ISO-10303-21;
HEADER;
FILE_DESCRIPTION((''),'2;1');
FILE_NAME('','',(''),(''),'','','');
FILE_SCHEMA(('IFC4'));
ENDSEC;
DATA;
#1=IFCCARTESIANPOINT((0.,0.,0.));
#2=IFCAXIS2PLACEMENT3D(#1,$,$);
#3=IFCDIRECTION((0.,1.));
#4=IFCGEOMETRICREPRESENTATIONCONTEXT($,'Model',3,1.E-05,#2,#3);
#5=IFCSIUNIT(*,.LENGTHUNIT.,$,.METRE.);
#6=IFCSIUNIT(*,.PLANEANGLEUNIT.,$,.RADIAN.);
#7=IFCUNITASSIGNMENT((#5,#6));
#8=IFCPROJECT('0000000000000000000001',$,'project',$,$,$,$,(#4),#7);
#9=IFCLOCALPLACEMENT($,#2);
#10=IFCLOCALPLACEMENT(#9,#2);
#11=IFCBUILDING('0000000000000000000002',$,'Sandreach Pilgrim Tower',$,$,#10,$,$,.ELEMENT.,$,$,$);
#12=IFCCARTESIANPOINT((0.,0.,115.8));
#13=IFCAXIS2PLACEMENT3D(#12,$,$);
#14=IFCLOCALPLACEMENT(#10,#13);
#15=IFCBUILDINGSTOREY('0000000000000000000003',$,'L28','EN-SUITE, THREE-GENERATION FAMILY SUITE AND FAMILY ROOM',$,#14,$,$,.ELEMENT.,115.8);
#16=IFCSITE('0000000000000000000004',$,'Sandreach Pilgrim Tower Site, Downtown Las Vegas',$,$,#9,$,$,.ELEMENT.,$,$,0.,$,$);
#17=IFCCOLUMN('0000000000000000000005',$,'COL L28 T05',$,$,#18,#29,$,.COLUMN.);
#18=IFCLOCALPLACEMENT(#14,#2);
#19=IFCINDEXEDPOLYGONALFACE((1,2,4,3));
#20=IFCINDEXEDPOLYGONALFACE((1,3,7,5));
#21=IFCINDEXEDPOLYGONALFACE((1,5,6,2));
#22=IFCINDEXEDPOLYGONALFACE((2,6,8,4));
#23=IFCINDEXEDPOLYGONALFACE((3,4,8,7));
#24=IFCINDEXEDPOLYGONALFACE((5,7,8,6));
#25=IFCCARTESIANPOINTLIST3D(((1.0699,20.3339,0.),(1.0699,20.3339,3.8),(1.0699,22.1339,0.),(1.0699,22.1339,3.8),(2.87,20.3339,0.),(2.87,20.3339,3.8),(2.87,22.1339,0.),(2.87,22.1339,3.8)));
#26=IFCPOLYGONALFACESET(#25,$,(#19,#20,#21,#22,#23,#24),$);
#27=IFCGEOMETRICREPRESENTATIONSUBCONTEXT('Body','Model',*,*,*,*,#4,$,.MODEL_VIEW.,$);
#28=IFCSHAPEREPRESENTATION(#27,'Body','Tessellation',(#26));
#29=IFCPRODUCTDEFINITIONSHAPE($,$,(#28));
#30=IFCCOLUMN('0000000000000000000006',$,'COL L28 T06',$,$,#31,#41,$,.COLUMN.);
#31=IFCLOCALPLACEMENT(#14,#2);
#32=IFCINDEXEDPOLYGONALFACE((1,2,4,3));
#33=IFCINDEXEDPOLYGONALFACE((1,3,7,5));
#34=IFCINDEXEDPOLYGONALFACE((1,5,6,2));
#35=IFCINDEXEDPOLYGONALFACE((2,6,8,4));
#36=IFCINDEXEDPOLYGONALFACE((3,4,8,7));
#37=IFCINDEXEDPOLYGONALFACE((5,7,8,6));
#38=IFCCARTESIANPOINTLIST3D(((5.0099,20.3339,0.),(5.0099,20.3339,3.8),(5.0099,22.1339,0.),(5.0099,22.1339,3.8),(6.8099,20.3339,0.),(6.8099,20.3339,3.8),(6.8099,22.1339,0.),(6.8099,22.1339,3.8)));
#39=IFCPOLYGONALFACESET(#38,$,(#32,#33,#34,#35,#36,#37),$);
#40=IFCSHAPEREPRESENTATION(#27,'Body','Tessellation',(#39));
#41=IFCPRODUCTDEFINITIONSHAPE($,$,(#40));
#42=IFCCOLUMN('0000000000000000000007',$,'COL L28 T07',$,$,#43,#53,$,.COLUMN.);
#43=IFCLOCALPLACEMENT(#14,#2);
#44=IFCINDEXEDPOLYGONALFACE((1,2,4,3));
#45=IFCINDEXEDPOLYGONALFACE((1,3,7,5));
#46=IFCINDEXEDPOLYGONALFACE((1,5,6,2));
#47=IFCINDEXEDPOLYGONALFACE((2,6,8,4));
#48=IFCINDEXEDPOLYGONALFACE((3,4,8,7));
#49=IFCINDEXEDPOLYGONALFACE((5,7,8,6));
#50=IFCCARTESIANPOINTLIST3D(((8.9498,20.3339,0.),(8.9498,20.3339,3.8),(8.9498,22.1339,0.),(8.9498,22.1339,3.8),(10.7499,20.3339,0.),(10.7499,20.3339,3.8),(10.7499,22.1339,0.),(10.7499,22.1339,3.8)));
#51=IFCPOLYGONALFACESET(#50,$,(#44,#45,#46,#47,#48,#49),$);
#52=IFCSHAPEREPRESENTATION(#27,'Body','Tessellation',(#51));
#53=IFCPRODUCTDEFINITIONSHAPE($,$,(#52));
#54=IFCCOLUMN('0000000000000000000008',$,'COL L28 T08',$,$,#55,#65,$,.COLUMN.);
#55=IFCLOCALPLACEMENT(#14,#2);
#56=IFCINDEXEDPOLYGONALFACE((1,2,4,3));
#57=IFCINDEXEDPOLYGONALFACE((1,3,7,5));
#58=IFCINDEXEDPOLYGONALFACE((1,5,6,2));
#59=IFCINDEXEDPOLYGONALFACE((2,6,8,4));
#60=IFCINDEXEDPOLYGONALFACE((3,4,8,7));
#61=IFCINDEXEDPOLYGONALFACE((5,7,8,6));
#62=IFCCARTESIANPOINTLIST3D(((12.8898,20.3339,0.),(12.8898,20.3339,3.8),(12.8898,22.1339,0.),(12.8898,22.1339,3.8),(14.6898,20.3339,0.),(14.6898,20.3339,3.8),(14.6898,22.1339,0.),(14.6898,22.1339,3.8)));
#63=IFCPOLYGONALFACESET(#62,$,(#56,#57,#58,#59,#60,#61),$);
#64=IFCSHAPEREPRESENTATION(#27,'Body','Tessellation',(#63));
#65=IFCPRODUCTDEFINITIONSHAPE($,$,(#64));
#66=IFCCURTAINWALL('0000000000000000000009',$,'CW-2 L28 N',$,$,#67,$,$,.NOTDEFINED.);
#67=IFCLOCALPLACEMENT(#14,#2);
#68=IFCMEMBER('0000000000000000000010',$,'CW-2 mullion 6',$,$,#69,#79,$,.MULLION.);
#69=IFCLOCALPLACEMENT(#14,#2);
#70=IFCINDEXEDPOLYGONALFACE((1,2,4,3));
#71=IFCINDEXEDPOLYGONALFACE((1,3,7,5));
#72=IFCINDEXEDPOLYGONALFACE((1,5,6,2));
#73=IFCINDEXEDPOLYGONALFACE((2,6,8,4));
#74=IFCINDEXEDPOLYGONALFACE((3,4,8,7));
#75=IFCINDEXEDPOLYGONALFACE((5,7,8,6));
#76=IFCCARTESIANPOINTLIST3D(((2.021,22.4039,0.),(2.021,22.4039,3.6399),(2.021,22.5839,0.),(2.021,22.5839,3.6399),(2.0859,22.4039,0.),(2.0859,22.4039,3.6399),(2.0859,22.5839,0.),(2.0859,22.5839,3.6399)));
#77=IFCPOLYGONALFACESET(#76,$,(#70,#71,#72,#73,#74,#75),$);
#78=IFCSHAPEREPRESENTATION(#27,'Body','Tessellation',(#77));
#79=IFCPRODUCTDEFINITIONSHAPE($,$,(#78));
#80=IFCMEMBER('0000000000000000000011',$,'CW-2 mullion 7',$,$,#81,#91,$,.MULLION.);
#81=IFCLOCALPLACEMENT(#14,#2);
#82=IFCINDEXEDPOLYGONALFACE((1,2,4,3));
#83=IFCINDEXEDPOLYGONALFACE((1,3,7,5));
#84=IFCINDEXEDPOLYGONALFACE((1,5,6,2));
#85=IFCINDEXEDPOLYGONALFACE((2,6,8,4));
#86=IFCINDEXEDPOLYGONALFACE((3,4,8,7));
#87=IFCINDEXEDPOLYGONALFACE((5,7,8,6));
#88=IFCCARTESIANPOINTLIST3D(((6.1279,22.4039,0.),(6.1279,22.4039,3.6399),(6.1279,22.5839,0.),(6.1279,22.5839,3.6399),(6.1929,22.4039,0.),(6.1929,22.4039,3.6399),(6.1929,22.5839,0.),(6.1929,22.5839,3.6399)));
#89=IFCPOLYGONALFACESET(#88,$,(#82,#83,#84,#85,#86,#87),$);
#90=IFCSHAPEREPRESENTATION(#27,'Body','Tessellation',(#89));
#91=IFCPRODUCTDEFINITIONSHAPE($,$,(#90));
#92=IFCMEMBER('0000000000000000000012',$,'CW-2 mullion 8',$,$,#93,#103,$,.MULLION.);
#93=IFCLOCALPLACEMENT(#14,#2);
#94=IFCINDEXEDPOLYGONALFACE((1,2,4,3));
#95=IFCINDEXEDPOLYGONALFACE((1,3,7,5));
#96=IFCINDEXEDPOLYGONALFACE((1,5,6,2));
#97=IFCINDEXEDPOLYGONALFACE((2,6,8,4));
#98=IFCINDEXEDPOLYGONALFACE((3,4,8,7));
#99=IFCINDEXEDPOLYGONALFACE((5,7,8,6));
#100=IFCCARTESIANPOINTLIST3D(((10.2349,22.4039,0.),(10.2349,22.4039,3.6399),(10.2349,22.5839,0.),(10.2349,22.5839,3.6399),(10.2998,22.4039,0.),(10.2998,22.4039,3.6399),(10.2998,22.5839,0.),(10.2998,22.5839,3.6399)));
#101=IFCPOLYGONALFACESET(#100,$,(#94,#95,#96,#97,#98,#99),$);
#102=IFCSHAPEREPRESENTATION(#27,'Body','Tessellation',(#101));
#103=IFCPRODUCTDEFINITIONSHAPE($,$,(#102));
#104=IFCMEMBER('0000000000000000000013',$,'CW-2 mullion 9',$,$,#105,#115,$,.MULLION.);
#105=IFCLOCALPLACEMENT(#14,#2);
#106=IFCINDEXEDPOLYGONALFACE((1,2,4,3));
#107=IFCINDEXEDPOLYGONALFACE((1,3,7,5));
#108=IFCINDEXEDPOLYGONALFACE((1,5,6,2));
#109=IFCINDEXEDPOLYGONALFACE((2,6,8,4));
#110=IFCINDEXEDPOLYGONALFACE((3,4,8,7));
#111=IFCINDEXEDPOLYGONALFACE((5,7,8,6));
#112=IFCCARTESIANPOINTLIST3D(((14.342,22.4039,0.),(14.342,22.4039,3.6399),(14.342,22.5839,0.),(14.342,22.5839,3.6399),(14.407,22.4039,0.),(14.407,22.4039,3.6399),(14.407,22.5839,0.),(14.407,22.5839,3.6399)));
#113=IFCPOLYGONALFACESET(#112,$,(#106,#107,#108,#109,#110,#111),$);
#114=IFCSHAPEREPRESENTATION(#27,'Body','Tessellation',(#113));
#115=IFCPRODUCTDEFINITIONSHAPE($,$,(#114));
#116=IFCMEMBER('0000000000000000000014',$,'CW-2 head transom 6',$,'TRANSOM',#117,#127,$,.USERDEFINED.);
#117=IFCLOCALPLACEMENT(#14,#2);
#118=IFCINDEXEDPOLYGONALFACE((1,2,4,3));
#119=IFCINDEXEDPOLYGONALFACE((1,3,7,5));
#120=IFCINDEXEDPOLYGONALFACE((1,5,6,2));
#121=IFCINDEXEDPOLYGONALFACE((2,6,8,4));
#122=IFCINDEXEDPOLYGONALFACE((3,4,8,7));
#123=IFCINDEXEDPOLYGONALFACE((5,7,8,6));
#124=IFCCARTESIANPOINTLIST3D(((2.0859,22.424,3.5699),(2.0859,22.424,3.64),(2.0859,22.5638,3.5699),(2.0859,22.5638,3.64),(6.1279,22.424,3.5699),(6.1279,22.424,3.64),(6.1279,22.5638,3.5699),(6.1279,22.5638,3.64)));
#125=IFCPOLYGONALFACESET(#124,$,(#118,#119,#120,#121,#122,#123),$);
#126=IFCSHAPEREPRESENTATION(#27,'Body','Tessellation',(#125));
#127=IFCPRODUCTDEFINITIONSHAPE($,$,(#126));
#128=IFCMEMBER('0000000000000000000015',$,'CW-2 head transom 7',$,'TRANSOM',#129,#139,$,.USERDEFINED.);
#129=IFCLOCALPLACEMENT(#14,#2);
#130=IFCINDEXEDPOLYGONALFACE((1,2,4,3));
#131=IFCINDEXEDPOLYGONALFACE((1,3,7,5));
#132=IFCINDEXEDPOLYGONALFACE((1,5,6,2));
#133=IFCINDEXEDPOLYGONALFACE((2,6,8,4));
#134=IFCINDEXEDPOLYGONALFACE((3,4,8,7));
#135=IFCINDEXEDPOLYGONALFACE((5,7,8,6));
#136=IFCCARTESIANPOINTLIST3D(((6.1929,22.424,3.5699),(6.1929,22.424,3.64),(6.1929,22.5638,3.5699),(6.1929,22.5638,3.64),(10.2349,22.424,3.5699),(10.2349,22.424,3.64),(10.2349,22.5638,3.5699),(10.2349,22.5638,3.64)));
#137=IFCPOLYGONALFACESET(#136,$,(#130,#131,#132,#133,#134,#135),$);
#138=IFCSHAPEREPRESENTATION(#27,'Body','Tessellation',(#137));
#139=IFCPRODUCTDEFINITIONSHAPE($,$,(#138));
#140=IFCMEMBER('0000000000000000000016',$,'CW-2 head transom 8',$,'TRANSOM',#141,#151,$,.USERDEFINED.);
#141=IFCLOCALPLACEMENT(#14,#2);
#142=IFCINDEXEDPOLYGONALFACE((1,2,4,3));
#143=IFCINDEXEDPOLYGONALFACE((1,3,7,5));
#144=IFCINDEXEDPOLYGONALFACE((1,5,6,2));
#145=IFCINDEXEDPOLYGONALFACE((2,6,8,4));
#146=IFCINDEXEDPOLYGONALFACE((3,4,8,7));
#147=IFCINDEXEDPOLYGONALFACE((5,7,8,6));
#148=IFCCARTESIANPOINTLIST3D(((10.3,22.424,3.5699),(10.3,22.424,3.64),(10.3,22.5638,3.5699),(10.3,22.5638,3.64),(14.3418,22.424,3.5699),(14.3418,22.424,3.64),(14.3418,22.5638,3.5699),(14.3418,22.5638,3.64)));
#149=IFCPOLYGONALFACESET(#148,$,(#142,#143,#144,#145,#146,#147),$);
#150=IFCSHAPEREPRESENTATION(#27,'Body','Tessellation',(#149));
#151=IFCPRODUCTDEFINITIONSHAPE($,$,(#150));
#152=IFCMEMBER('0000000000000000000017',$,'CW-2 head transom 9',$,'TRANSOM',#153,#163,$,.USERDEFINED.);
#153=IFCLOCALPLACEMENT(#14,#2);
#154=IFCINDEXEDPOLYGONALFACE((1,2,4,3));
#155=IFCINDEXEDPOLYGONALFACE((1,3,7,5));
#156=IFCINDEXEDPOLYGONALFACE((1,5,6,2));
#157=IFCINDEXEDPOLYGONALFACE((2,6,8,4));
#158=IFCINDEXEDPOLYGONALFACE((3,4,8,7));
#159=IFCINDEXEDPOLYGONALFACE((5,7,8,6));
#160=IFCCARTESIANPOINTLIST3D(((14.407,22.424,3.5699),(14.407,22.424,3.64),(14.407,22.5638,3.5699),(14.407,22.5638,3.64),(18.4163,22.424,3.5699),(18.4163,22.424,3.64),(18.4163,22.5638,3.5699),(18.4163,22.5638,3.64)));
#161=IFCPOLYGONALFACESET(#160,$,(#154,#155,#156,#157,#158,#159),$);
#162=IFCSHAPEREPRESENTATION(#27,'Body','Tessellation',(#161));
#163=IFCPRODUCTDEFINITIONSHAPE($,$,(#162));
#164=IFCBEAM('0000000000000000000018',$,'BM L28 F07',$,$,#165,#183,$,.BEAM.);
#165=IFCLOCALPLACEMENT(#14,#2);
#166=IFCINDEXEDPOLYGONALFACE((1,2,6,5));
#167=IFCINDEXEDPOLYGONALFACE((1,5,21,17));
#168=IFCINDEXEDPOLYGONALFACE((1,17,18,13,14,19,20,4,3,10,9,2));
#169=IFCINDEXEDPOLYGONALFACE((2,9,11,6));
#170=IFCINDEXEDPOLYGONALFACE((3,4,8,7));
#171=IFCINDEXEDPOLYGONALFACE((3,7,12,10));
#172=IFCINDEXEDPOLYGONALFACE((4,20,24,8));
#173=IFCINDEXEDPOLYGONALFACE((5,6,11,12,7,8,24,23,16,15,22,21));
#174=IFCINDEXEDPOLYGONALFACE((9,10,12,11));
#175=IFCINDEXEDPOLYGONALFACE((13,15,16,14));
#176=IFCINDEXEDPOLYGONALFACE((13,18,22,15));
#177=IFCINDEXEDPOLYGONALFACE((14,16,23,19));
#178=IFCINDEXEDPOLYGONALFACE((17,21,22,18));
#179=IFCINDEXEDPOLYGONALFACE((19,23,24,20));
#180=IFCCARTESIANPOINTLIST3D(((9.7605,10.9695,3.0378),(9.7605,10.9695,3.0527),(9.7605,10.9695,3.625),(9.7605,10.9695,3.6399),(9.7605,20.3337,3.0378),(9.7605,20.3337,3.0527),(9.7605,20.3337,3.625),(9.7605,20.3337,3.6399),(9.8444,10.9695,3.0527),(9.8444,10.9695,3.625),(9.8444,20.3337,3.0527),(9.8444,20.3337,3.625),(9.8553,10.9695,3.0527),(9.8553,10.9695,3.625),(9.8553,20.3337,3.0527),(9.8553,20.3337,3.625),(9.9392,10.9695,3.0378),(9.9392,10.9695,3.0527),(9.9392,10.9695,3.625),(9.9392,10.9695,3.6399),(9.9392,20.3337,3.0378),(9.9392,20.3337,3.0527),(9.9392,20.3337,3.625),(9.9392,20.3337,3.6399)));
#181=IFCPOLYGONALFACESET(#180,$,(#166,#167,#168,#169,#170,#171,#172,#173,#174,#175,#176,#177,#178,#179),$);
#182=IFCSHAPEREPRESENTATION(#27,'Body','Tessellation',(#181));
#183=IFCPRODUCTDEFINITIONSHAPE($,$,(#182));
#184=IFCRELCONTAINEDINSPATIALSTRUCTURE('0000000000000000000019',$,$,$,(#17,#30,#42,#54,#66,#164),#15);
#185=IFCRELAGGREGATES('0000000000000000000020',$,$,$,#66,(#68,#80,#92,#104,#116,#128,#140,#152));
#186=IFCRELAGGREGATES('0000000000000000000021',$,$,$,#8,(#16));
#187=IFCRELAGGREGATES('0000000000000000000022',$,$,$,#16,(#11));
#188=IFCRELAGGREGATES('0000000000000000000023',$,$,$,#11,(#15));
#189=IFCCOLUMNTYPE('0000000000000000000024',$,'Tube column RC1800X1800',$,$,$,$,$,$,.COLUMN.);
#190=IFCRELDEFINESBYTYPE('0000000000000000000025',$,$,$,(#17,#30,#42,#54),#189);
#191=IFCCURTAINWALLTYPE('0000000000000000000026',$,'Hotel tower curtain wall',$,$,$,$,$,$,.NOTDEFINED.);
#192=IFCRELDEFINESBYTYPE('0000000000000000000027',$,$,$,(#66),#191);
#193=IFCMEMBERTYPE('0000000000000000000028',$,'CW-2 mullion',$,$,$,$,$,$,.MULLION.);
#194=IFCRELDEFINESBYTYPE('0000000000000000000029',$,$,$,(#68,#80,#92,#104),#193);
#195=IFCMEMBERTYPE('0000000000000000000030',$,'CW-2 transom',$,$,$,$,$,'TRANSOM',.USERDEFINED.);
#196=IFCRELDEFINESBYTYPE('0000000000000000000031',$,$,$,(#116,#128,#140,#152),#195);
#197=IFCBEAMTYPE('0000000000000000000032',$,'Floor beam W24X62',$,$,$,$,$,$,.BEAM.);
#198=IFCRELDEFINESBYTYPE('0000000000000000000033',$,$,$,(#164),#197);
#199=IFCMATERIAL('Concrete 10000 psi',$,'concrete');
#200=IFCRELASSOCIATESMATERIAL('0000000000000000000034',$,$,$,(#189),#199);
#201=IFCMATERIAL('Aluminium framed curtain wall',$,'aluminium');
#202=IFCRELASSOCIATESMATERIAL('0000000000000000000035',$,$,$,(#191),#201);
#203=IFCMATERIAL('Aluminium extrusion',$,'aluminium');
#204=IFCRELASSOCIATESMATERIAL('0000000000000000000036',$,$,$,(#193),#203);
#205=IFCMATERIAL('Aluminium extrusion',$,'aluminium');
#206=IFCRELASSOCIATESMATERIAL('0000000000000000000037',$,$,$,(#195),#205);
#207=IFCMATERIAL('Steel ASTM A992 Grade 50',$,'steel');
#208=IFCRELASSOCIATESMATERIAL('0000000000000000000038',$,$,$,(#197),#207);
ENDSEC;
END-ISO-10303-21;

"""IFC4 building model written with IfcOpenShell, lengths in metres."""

from ifc_helpers import new_model, si_unit, direction, frame, origin, origin_2d, place, context, subcontext, project, spatial, rectangle, i_section, extrude, material, material_profile, profile_set, type_object, element, aggregate, save


model = new_model("IFC4")

# Units and contexts
model_context = context("Model", 3, precision=1e-05, world=origin(), true_north=direction((0.0, 1.0)))
body_context = subcontext(model_context, "Body", "Model", "MODEL_VIEW")
ifc_project = project(units=[si_unit("LENGTHUNIT", "METRE"), si_unit("PLANEANGLEUNIT", "RADIAN")], contexts=[model_context])

# Site, building, storey
site_placement = place(None, origin())
site = spatial("IfcSite", under=ifc_project, at=site_placement, Name="Sandreach Pilgrim Tower Site, Downtown Las Vegas", CompositionType="ELEMENT", RefElevation=0.0)
building_placement = place(site_placement, origin())
building = spatial("IfcBuilding", under=site, at=building_placement, Name="Sandreach Pilgrim Tower", CompositionType="ELEMENT")
storey_placement = place(building_placement, frame((0.0, 0.0, 115.8)))
storey = spatial("IfcBuildingStorey", under=building, at=storey_placement, Name="L28", Description="EN-SUITE, THREE-GENERATION FAMILY SUITE AND FAMILY ROOM", CompositionType="ELEMENT", Elevation=115.8)

# Columns
ifc_material_1 = material(Name="Concrete 10000 psi", Category="concrete")
ifc_material_profile_1 = material_profile(ifc_material_1, rectangle(XDim=1.8, YDim=1.8, at=origin_2d()), Name="RC1800X1800")
ifc_profile_set_1 = profile_set([ifc_material_profile_1], Name="Concrete 10000 psi")
column_type = type_object("IfcColumnType", Name="Tube column RC1800X1800", PredefinedType="COLUMN", material=ifc_profile_set_1)
for number, where, z_axis, x_axis, name in (
    (1, (1.97, 21.2339, 0.0), (0.0, 0.0, 1.0), (0.0, 1.0, 0.0), "COL L28 T05"),
    (2, (5.9099, 21.2339, 0.0), (0.0, 0.0, 1.0), (0.0, 1.0, 0.0), "COL L28 T06"),
    (3, (9.8499, 21.2339, 0.0), (0.0, 0.0, 1.0), (0.0, 1.0, 0.0), "COL L28 T07"),
    (4, (13.7898, 21.2339, 0.0), (0.0, 0.0, 1.0), (0.0, 1.0, 0.0), "COL L28 T08"),
):
    element("IfcColumn", number, at=place(storey_placement, frame(where, z_axis=z_axis, x_axis=x_axis)), inside=storey, type_object=column_type, Name=name, PredefinedType="COLUMN", context=body_context, shape_type="SweptSolid", body=[
        extrude(rectangle(XDim=1.8, YDim=1.8, at=origin_2d()), origin(), (0.0, 0.0, 1.0), 3.8),
    ])

# Curtain wall, members
ifc_material_2 = material(Name="Aluminium framed curtain wall", Category="aluminium")
curtain_wall_type = type_object("IfcCurtainWallType", Name="Hotel tower curtain wall", PredefinedType="NOTDEFINED", material=ifc_material_2)
curtain_wall_placement = place(storey_placement, origin())
curtain_wall = element("IfcCurtainWall", 5, at=curtain_wall_placement, inside=storey, type_object=curtain_wall_type, Name="CW-2 L28 N", PredefinedType="NOTDEFINED")
ifc_material_3 = material(Name="Aluminium extrusion", Category="aluminium")
ifc_material_profile_2 = material_profile(ifc_material_3, rectangle(XDim=0.0649, YDim=0.1799, at=origin_2d()), Name="CW-2M 65X180")
ifc_profile_set_2 = profile_set([ifc_material_profile_2], Name="Aluminium extrusion")
member_type_1 = type_object("IfcMemberType", Name="CW-2 mullion", PredefinedType="MULLION", material=ifc_profile_set_2)
member_1_placement = place(storey_placement, frame((2.0535, 22.4939, 0.0), z_axis=(0.0, 0.0, 1.0), x_axis=(1.0, 0.0, 0.0)))
member_1 = element("IfcMember", 6, at=member_1_placement, type_object=member_type_1, Name="CW-2 mullion 6", PredefinedType="MULLION", context=body_context, shape_type="SweptSolid", body=[
    extrude(rectangle(XDim=0.0649, YDim=0.1799, at=origin_2d()), origin(), (0.0, 0.0, 1.0), 3.6399),
])
member_2_placement = place(storey_placement, frame((6.1604, 22.4939, 0.0), z_axis=(0.0, 0.0, 1.0), x_axis=(1.0, 0.0, 0.0)))
member_2 = element("IfcMember", 7, at=member_2_placement, type_object=member_type_1, Name="CW-2 mullion 7", PredefinedType="MULLION", context=body_context, shape_type="SweptSolid", body=[
    extrude(rectangle(XDim=0.0649, YDim=0.1799, at=origin_2d()), origin(), (0.0, 0.0, 1.0), 3.6399),
])
member_3_placement = place(storey_placement, frame((10.2673, 22.4939, 0.0), z_axis=(0.0, 0.0, 1.0), x_axis=(1.0, 0.0, 0.0)))
member_3 = element("IfcMember", 8, at=member_3_placement, type_object=member_type_1, Name="CW-2 mullion 8", PredefinedType="MULLION", context=body_context, shape_type="SweptSolid", body=[
    extrude(rectangle(XDim=0.0649, YDim=0.1799, at=origin_2d()), origin(), (0.0, 0.0, 1.0), 3.6399),
])
member_4_placement = place(storey_placement, frame((14.3745, 22.4939, 0.0), z_axis=(0.0, 0.0, 1.0), x_axis=(1.0, 0.0, 0.0)))
member_4 = element("IfcMember", 9, at=member_4_placement, type_object=member_type_1, Name="CW-2 mullion 9", PredefinedType="MULLION", context=body_context, shape_type="SweptSolid", body=[
    extrude(rectangle(XDim=0.0649, YDim=0.1799, at=origin_2d()), origin(), (0.0, 0.0, 1.0), 3.6399),
])
ifc_material_4 = material(Name="Aluminium extrusion", Category="aluminium")
ifc_material_profile_3 = material_profile(ifc_material_4, rectangle(XDim=0.1399, YDim=0.0701, at=origin_2d()), Name="CW-2T 140X70")
ifc_profile_set_3 = profile_set([ifc_material_profile_3], Name="Aluminium extrusion")
member_type_2 = type_object("IfcMemberType", Name="CW-2 transom", ElementType="TRANSOM", PredefinedType="USERDEFINED", material=ifc_profile_set_3)
member_5_placement = place(storey_placement, frame((2.0859, 22.4939, 3.605), z_axis=(1.0, 0.0, 0.0), x_axis=(0.0, 1.0, 0.0)))
member_5 = element("IfcMember", 10, at=member_5_placement, type_object=member_type_2, Name="CW-2 head transom 6", ObjectType="TRANSOM", PredefinedType="USERDEFINED", context=body_context, shape_type="SweptSolid", body=[
    extrude(rectangle(XDim=0.1399, YDim=0.0701, at=origin_2d()), origin(), (0.0, 0.0, 1.0), 4.042),
])
member_6_placement = place(storey_placement, frame((6.1929, 22.4939, 3.605), z_axis=(1.0, 0.0, 0.0), x_axis=(0.0, 1.0, 0.0)))
member_6 = element("IfcMember", 11, at=member_6_placement, type_object=member_type_2, Name="CW-2 head transom 7", ObjectType="TRANSOM", PredefinedType="USERDEFINED", context=body_context, shape_type="SweptSolid", body=[
    extrude(rectangle(XDim=0.1399, YDim=0.0701, at=origin_2d()), origin(), (0.0, 0.0, 1.0), 4.042),
])
member_7_placement = place(storey_placement, frame((10.3, 22.4939, 3.605), z_axis=(1.0, 0.0, 0.0), x_axis=(0.0, 1.0, 0.0)))
member_7 = element("IfcMember", 12, at=member_7_placement, type_object=member_type_2, Name="CW-2 head transom 8", ObjectType="TRANSOM", PredefinedType="USERDEFINED", context=body_context, shape_type="SweptSolid", body=[
    extrude(rectangle(XDim=0.1399, YDim=0.0701, at=origin_2d()), origin(), (0.0, 0.0, 1.0), 4.0417),
])
member_8_placement = place(storey_placement, frame((14.407, 22.4939, 3.605), z_axis=(1.0, 0.0, 0.0), x_axis=(0.0, 1.0, 0.0)))
member_8 = element("IfcMember", 13, at=member_8_placement, type_object=member_type_2, Name="CW-2 head transom 9", ObjectType="TRANSOM", PredefinedType="USERDEFINED", context=body_context, shape_type="SweptSolid", body=[
    extrude(rectangle(XDim=0.1399, YDim=0.0701, at=origin_2d()), origin(), (0.0, 0.0, 1.0), 4.0093),
])

# Beam
ifc_material_5 = material(Name="Steel ASTM A992 Grade 50", Category="steel")
ifc_material_profile_4 = material_profile(ifc_material_5, i_section(OverallWidth=0.1787, OverallDepth=0.6021, WebThickness=0.011, FlangeThickness=0.0149, at=origin_2d()), Name="W24X62")
ifc_profile_set_4 = profile_set([ifc_material_profile_4], Name="Steel ASTM A992 Grade 50")
beam_type_1 = type_object("IfcBeamType", Name="Floor beam W24X62", PredefinedType="BEAM", material=ifc_profile_set_4)
beam_1_placement = place(storey_placement, frame((9.8499, 20.3337, 3.3389), z_axis=(0.0, -1.0, 0.0), x_axis=(1.0, 0.0, 0.0)))
element("IfcBeam", 14, at=beam_1_placement, inside=storey, type_object=beam_type_1, Name="BM L28 F07", PredefinedType="BEAM", context=body_context, shape_type="SweptSolid", body=[
    extrude(i_section(OverallWidth=0.1787, OverallDepth=0.6021, WebThickness=0.011, FlangeThickness=0.0149, at=origin_2d()), origin(), (0.0, 0.0, 1.0), 9.3643),
])

aggregate(curtain_wall, [member_1, member_2, member_3, member_4, member_5, member_6, member_7, member_8])

save(model, "model.ifc")
